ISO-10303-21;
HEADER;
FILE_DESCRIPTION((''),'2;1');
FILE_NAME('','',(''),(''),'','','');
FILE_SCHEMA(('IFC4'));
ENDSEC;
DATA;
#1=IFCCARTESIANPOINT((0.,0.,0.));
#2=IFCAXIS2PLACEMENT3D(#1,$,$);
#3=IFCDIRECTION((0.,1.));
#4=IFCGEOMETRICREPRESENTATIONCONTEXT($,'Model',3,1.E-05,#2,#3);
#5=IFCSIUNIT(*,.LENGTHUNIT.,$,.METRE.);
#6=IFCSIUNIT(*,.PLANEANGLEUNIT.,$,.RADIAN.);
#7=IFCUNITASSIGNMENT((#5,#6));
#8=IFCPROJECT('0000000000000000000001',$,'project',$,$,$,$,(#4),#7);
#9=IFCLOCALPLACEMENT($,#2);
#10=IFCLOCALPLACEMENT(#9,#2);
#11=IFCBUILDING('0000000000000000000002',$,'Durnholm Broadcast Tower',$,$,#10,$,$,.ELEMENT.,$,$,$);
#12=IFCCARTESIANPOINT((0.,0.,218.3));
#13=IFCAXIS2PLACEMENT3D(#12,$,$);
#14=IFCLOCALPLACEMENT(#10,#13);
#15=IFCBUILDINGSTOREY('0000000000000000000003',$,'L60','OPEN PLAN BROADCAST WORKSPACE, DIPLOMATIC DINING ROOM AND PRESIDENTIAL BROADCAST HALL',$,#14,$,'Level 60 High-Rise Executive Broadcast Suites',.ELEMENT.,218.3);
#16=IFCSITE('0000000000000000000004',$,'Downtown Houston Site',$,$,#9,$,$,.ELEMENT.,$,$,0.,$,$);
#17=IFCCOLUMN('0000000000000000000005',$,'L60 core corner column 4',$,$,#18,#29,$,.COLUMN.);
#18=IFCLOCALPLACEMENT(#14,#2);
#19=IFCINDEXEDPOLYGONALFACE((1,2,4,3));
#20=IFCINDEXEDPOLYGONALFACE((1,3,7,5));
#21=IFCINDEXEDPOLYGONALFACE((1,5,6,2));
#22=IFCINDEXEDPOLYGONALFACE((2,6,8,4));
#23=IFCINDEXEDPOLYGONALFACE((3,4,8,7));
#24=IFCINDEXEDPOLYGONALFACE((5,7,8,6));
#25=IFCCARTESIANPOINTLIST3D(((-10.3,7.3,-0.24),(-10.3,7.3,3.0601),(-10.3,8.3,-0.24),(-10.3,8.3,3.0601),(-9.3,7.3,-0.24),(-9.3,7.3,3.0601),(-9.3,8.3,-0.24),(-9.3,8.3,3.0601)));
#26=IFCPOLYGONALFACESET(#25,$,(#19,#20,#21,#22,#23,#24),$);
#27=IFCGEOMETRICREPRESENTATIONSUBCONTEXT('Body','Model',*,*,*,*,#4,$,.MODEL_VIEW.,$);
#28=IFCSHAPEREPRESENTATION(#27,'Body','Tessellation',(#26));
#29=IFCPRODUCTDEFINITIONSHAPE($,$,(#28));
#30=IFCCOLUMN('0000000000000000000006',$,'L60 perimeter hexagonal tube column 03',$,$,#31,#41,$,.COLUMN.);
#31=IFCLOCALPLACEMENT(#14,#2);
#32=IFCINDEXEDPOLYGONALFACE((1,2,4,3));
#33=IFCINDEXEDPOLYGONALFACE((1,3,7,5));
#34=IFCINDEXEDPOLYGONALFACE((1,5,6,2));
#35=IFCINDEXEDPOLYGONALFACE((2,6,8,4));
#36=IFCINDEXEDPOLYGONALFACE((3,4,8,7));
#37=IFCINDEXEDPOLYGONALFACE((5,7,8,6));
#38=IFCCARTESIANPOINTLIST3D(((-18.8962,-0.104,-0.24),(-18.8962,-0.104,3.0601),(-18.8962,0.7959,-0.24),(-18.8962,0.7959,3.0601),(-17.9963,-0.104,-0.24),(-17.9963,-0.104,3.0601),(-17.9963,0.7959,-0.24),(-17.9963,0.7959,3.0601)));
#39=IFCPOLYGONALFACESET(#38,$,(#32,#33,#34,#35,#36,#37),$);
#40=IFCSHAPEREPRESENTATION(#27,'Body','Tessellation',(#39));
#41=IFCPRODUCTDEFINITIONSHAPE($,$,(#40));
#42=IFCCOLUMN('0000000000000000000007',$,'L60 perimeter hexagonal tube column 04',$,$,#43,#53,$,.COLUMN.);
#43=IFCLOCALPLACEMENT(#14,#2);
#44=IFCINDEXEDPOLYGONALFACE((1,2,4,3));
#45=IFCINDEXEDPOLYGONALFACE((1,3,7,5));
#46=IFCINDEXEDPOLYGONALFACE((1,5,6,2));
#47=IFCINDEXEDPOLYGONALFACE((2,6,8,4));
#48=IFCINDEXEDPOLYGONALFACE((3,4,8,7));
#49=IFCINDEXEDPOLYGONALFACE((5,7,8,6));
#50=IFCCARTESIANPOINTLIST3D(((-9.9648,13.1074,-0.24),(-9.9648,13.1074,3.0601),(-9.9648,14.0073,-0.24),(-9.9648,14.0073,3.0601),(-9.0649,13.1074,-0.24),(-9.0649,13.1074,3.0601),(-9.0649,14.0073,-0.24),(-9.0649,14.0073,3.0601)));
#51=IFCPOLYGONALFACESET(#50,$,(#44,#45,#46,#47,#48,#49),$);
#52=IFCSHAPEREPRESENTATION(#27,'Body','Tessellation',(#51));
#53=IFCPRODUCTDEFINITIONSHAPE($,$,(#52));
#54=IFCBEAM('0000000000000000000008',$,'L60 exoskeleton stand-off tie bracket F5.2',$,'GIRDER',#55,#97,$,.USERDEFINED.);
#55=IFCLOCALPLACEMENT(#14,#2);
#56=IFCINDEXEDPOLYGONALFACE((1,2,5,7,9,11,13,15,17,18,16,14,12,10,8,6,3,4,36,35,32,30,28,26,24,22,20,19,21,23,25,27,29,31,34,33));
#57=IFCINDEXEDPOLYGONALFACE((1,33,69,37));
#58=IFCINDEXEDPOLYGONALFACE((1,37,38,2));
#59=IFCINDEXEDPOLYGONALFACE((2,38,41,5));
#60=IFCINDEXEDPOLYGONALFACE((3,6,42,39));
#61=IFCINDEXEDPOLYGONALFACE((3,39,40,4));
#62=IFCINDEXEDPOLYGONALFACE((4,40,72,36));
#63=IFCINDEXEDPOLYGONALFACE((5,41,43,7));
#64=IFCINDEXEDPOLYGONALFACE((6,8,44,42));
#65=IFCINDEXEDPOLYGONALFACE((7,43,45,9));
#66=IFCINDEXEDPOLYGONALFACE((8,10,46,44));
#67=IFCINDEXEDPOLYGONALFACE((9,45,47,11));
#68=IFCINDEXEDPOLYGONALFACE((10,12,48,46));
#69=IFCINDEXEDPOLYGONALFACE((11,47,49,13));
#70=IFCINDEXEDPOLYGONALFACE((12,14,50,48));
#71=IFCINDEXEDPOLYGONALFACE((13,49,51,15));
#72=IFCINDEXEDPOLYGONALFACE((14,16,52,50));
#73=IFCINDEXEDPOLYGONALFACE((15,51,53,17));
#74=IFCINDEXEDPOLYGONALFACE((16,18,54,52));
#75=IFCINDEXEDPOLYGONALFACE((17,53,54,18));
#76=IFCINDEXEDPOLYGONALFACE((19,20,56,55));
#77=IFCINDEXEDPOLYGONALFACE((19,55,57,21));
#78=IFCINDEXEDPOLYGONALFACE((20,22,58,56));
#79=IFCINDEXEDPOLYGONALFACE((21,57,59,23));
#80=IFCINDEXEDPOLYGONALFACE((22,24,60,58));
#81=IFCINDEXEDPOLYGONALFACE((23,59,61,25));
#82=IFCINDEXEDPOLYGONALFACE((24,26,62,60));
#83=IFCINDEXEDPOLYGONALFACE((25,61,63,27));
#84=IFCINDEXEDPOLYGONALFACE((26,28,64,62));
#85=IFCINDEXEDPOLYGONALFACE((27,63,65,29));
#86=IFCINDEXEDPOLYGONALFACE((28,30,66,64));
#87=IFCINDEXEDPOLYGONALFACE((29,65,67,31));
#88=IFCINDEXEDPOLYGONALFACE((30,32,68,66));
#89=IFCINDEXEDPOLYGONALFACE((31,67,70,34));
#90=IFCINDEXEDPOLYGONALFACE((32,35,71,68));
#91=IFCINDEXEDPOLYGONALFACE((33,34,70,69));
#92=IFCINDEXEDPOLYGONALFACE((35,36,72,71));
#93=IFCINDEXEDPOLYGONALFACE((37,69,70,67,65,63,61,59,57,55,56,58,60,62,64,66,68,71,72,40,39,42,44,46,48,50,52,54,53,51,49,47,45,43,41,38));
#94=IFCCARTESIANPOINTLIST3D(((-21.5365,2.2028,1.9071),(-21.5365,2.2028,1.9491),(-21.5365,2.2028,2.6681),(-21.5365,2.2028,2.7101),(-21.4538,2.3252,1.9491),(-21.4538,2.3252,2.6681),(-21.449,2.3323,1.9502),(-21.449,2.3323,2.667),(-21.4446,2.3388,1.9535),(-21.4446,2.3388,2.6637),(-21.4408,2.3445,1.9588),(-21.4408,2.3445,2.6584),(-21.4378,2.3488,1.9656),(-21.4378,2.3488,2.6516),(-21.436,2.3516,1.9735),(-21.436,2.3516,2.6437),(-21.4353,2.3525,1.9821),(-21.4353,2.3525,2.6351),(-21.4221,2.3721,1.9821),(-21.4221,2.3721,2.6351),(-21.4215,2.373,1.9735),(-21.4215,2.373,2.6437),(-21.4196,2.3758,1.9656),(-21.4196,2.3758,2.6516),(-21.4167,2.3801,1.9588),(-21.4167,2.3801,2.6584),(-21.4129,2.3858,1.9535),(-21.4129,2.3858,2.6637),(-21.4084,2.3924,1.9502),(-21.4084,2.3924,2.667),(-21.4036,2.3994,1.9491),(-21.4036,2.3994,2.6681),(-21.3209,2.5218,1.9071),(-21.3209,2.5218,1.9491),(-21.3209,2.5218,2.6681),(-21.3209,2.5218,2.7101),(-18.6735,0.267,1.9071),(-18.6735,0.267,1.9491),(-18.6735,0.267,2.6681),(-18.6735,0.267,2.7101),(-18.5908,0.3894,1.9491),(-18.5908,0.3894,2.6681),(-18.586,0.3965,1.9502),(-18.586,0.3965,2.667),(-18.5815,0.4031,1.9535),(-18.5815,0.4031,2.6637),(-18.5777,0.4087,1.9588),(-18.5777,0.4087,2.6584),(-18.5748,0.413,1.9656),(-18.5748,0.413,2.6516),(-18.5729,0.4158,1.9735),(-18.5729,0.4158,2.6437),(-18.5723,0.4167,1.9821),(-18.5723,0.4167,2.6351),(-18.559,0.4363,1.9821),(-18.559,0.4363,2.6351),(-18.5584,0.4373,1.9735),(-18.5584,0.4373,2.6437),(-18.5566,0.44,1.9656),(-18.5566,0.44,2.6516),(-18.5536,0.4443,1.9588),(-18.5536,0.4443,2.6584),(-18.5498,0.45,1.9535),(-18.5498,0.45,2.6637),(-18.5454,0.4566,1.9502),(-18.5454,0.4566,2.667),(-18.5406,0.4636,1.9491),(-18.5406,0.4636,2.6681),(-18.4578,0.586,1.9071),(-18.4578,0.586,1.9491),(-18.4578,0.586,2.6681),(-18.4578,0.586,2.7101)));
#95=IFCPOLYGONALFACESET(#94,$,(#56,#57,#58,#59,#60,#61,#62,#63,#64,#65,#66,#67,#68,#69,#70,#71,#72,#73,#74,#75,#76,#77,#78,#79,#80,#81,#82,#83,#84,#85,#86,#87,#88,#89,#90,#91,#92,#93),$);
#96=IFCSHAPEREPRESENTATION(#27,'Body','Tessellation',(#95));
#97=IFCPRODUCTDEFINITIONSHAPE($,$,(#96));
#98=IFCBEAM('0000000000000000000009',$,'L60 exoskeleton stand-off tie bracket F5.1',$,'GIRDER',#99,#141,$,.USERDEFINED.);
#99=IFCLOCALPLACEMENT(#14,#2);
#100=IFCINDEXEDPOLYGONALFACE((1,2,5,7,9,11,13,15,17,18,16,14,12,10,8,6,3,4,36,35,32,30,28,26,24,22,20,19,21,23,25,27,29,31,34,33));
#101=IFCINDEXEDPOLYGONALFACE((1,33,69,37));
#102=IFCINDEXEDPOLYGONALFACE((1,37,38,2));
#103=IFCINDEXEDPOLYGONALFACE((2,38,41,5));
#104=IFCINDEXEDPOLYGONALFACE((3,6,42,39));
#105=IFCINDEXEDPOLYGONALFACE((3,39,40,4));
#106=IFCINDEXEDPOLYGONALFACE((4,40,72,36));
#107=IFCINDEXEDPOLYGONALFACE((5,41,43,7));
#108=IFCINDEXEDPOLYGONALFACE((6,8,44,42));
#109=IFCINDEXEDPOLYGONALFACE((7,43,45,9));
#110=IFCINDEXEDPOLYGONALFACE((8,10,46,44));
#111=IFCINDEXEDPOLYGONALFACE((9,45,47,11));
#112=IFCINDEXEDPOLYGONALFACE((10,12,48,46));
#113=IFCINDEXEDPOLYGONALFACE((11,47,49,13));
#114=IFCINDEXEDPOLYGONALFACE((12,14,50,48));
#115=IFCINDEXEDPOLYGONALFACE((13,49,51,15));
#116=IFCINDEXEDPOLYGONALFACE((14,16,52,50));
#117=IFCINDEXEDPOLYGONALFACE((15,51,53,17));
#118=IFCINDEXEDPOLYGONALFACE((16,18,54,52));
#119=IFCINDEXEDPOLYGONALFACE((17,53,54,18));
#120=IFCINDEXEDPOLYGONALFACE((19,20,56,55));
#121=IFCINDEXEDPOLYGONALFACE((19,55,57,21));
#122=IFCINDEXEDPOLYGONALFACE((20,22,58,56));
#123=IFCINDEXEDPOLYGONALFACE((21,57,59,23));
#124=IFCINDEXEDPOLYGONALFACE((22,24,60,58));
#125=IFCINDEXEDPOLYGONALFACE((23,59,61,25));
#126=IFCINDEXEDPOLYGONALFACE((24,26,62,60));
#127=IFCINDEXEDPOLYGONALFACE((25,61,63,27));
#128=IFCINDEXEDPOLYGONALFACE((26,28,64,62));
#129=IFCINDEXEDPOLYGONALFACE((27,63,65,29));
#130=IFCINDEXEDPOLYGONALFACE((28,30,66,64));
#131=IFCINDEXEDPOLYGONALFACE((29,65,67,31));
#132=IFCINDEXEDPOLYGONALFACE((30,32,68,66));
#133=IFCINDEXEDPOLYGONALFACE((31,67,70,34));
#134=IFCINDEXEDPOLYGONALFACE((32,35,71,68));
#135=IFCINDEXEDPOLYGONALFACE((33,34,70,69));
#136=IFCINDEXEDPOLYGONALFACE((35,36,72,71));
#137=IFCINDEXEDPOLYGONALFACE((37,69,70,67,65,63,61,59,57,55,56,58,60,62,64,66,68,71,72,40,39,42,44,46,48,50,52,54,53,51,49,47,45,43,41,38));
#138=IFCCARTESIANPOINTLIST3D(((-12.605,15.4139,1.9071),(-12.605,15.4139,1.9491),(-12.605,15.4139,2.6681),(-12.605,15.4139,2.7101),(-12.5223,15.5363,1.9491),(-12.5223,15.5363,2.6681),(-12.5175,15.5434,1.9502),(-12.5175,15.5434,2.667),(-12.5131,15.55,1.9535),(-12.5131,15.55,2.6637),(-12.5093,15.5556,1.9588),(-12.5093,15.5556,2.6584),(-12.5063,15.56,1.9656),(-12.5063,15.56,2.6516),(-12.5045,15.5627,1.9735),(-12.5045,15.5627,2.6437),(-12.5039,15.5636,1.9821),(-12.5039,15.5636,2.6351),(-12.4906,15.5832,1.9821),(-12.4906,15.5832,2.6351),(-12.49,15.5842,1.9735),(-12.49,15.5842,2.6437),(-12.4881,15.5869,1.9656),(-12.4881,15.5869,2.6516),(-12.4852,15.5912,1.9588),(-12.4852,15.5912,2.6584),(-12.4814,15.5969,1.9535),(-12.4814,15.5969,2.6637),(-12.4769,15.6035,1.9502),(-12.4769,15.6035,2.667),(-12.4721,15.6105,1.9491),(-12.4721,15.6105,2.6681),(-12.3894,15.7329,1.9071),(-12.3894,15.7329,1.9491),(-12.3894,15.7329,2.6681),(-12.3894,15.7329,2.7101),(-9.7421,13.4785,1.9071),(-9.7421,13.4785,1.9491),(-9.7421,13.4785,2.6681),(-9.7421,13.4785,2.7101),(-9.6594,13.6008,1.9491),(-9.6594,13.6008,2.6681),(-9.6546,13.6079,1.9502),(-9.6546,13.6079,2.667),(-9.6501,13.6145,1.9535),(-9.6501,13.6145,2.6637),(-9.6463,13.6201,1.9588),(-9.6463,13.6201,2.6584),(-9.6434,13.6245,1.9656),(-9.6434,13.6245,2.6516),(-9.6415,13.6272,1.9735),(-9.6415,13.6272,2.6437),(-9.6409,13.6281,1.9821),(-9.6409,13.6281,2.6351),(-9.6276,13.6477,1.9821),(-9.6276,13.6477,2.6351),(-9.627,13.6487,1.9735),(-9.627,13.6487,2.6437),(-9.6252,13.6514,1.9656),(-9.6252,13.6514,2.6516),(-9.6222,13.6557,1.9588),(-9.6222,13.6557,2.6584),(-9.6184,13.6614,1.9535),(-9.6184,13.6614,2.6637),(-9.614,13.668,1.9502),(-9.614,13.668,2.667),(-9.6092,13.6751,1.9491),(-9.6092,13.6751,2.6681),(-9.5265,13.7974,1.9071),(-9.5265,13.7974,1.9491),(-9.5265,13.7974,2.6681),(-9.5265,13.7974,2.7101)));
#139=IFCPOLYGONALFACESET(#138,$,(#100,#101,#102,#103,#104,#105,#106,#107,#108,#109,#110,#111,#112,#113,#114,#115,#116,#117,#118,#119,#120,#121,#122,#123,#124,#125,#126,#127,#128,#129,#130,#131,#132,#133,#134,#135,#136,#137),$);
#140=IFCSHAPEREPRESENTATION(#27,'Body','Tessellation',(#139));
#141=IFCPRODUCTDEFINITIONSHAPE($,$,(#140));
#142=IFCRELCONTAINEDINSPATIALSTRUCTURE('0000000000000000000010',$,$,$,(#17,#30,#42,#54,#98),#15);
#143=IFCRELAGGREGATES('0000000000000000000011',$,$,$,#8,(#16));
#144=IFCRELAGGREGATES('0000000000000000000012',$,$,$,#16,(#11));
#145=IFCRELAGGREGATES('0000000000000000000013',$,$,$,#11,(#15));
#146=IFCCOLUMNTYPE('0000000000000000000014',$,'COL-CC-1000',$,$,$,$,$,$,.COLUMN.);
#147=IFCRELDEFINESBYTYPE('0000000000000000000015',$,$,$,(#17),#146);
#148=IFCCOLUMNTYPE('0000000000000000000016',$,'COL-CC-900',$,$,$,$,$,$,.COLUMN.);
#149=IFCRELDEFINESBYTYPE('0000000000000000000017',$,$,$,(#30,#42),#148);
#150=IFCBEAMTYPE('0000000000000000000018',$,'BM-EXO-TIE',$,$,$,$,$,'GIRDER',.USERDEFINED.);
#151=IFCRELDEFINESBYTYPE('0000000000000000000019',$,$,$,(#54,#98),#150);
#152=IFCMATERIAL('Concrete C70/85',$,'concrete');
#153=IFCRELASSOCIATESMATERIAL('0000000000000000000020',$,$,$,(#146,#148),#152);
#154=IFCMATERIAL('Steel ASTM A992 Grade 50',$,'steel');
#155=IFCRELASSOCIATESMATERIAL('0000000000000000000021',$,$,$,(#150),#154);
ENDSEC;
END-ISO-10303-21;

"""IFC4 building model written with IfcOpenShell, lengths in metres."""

from ifc_helpers import new_model, si_unit, direction, frame, origin, origin_2d, place, context, subcontext, project, spatial, rectangle, i_section, extrude, source, transform, mapped, material, material_profile, profile_set, type_object, type_shapes, element, save


model = new_model("IFC4")

# Units and contexts
model_context = context("Model", 3, precision=1e-05, world=origin(), true_north=direction((0.0, 1.0)))
body_context = subcontext(model_context, "Body", "Model", "MODEL_VIEW")
ifc_project = project(units=[si_unit("LENGTHUNIT", "METRE"), si_unit("PLANEANGLEUNIT", "RADIAN")], contexts=[model_context])

# Site, building, storey
site_placement = place(None, origin())
site = spatial("IfcSite", under=ifc_project, at=site_placement, Name="Downtown Houston Site", CompositionType="ELEMENT", RefElevation=0.0)
building_placement = place(site_placement, origin())
building = spatial("IfcBuilding", under=site, at=building_placement, Name="Durnholm Broadcast Tower", CompositionType="ELEMENT")
storey_placement = place(building_placement, frame((0.0, 0.0, 218.3)))
storey = spatial("IfcBuildingStorey", under=building, at=storey_placement, Name="L60", Description="OPEN PLAN BROADCAST WORKSPACE, DIPLOMATIC DINING ROOM AND PRESIDENTIAL BROADCAST HALL", LongName="Level 60 High-Rise Executive Broadcast Suites", CompositionType="ELEMENT", Elevation=218.3)

# Columns
ifc_material_1 = material(Name="Concrete C70/85", Category="concrete")
ifc_material_profile_1 = material_profile(ifc_material_1, rectangle(XDim=1.0, YDim=1.0, at=origin_2d()), Name="RC1000X1000")
ifc_profile_set_1 = profile_set([ifc_material_profile_1], Name="Concrete C70/85")
column_type_1 = type_object("IfcColumnType", Name="COL-CC-1000", PredefinedType="COLUMN", material=ifc_profile_set_1)
shared_shape_1 = source(origin(), body_context, "Body", "SweptSolid", [
    extrude(rectangle(XDim=1.0, YDim=1.0, at=origin_2d()), origin(), (0.0, 0.0, 1.0), 3.3),
])
type_shapes(column_type_1, [shared_shape_1])
column_placement = place(storey_placement, frame((-9.8, 7.8, -0.24), z_axis=(0.0, 0.0, 1.0), x_axis=(1.0, 0.0, 0.0)))
element("IfcColumn", 1, at=column_placement, inside=storey, type_object=column_type_1, Name="L60 core corner column 4", PredefinedType="COLUMN", context=body_context, shape_type="MappedRepresentation", body=[
    mapped(shared_shape_1, transform((0.0, 0.0, 0.0), x_axis=(1.0, 0.0, 0.0), y_axis=(0.0, 1.0, 0.0), z_axis=(0.0, 0.0, 1.0), scale=1.0)),
])
ifc_material_profile_2 = material_profile(ifc_material_1, rectangle(XDim=0.8999, YDim=0.8999, at=origin_2d()), Name="RC900X900")
ifc_profile_set_2 = profile_set([ifc_material_profile_2], Name="Concrete C70/85")
column_type_2 = type_object("IfcColumnType", Name="COL-CC-900", PredefinedType="COLUMN", material=ifc_profile_set_2)
shared_shape_2 = source(origin(), body_context, "Body", "SweptSolid", [
    extrude(rectangle(XDim=0.8999, YDim=0.8999, at=origin_2d()), origin(), (0.0, 0.0, 1.0), 3.3),
])
type_shapes(column_type_2, [shared_shape_2])
for number, where, z_axis, x_axis, name in (
    (2, (-18.4463, 0.3459, -0.24), (0.0, 0.0, 1.0), (1.0, 0.0, 0.0), "L60 perimeter hexagonal tube column 03"),
    (3, (-9.5149, 13.5574, -0.24), (0.0, 0.0, 1.0), (1.0, 0.0, 0.0), "L60 perimeter hexagonal tube column 04"),
):
    element("IfcColumn", number, at=place(storey_placement, frame(where, z_axis=z_axis, x_axis=x_axis)), inside=storey, type_object=column_type_2, Name=name, PredefinedType="COLUMN", context=body_context, shape_type="MappedRepresentation", body=[
        mapped(shared_shape_2, transform((0.0, 0.0, 0.0), x_axis=(1.0, 0.0, 0.0), y_axis=(0.0, 1.0, 0.0), z_axis=(0.0, 0.0, 1.0), scale=1.0)),
    ])

# Beams
ifc_material_2 = material(Name="Steel ASTM A992 Grade 50", Category="steel")
ifc_material_profile_3 = material_profile(ifc_material_2, i_section(OverallWidth=0.385, OverallDepth=0.803, WebThickness=0.0237, FlangeThickness=0.042, FilletRadius=0.033, at=origin_2d()), Name="W30X261")
ifc_profile_set_3 = profile_set([ifc_material_profile_3], Name="Steel ASTM A992 Grade 50")
beam_type_1 = type_object("IfcBeamType", Name="BM-EXO-TIE", ElementType="GIRDER", PredefinedType="USERDEFINED", material=ifc_profile_set_3)
shared_shape_3 = source(origin(), body_context, "Body", "SweptSolid", [
    extrude(i_section(OverallWidth=0.385, OverallDepth=0.803, WebThickness=0.0237, FlangeThickness=0.042, FilletRadius=0.033, at=origin_2d()), origin(), (0.0, 0.0, 1.0), 3.4561),
])
beam_1_placement = place(storey_placement, frame((-18.5657, 0.4265, 2.3086), z_axis=(-0.828414, 0.560117, 0.0), x_axis=(-0.560117, -0.828414, 0.0)))
element("IfcBeam", 4, at=beam_1_placement, inside=storey, type_object=beam_type_1, Name="L60 exoskeleton stand-off tie bracket F5.2", ObjectType="GIRDER", PredefinedType="USERDEFINED", context=body_context, shape_type="MappedRepresentation", body=[
    mapped(shared_shape_3, transform((0.0, 0.0, 0.0), x_axis=(1.0, 0.0, 0.0), y_axis=(0.0, 1.0, 0.0), z_axis=(0.0, 0.0, 1.0), scale=1.0)),
])
shared_shape_4 = source(origin(), body_context, "Body", "SweptSolid", [
    extrude(i_section(OverallWidth=0.385, OverallDepth=0.803, WebThickness=0.0237, FlangeThickness=0.042, FilletRadius=0.033, at=origin_2d()), origin(), (0.0, 0.0, 1.0), 3.4558),
])
beam_2_placement = place(storey_placement, frame((-9.6343, 13.6379, 2.3086), z_axis=(-0.828446, 0.560068, 0.0), x_axis=(-0.560068, -0.828446, 0.0)))
element("IfcBeam", 5, at=beam_2_placement, inside=storey, type_object=beam_type_1, Name="L60 exoskeleton stand-off tie bracket F5.1", ObjectType="GIRDER", PredefinedType="USERDEFINED", context=body_context, shape_type="MappedRepresentation", body=[
    mapped(shared_shape_4, transform((0.0, 0.0, 0.0), x_axis=(1.0, 0.0, 0.0), y_axis=(0.0, 1.0, 0.0), z_axis=(0.0, 0.0, 1.0), scale=1.0)),
])

save(model, "model.ifc")
